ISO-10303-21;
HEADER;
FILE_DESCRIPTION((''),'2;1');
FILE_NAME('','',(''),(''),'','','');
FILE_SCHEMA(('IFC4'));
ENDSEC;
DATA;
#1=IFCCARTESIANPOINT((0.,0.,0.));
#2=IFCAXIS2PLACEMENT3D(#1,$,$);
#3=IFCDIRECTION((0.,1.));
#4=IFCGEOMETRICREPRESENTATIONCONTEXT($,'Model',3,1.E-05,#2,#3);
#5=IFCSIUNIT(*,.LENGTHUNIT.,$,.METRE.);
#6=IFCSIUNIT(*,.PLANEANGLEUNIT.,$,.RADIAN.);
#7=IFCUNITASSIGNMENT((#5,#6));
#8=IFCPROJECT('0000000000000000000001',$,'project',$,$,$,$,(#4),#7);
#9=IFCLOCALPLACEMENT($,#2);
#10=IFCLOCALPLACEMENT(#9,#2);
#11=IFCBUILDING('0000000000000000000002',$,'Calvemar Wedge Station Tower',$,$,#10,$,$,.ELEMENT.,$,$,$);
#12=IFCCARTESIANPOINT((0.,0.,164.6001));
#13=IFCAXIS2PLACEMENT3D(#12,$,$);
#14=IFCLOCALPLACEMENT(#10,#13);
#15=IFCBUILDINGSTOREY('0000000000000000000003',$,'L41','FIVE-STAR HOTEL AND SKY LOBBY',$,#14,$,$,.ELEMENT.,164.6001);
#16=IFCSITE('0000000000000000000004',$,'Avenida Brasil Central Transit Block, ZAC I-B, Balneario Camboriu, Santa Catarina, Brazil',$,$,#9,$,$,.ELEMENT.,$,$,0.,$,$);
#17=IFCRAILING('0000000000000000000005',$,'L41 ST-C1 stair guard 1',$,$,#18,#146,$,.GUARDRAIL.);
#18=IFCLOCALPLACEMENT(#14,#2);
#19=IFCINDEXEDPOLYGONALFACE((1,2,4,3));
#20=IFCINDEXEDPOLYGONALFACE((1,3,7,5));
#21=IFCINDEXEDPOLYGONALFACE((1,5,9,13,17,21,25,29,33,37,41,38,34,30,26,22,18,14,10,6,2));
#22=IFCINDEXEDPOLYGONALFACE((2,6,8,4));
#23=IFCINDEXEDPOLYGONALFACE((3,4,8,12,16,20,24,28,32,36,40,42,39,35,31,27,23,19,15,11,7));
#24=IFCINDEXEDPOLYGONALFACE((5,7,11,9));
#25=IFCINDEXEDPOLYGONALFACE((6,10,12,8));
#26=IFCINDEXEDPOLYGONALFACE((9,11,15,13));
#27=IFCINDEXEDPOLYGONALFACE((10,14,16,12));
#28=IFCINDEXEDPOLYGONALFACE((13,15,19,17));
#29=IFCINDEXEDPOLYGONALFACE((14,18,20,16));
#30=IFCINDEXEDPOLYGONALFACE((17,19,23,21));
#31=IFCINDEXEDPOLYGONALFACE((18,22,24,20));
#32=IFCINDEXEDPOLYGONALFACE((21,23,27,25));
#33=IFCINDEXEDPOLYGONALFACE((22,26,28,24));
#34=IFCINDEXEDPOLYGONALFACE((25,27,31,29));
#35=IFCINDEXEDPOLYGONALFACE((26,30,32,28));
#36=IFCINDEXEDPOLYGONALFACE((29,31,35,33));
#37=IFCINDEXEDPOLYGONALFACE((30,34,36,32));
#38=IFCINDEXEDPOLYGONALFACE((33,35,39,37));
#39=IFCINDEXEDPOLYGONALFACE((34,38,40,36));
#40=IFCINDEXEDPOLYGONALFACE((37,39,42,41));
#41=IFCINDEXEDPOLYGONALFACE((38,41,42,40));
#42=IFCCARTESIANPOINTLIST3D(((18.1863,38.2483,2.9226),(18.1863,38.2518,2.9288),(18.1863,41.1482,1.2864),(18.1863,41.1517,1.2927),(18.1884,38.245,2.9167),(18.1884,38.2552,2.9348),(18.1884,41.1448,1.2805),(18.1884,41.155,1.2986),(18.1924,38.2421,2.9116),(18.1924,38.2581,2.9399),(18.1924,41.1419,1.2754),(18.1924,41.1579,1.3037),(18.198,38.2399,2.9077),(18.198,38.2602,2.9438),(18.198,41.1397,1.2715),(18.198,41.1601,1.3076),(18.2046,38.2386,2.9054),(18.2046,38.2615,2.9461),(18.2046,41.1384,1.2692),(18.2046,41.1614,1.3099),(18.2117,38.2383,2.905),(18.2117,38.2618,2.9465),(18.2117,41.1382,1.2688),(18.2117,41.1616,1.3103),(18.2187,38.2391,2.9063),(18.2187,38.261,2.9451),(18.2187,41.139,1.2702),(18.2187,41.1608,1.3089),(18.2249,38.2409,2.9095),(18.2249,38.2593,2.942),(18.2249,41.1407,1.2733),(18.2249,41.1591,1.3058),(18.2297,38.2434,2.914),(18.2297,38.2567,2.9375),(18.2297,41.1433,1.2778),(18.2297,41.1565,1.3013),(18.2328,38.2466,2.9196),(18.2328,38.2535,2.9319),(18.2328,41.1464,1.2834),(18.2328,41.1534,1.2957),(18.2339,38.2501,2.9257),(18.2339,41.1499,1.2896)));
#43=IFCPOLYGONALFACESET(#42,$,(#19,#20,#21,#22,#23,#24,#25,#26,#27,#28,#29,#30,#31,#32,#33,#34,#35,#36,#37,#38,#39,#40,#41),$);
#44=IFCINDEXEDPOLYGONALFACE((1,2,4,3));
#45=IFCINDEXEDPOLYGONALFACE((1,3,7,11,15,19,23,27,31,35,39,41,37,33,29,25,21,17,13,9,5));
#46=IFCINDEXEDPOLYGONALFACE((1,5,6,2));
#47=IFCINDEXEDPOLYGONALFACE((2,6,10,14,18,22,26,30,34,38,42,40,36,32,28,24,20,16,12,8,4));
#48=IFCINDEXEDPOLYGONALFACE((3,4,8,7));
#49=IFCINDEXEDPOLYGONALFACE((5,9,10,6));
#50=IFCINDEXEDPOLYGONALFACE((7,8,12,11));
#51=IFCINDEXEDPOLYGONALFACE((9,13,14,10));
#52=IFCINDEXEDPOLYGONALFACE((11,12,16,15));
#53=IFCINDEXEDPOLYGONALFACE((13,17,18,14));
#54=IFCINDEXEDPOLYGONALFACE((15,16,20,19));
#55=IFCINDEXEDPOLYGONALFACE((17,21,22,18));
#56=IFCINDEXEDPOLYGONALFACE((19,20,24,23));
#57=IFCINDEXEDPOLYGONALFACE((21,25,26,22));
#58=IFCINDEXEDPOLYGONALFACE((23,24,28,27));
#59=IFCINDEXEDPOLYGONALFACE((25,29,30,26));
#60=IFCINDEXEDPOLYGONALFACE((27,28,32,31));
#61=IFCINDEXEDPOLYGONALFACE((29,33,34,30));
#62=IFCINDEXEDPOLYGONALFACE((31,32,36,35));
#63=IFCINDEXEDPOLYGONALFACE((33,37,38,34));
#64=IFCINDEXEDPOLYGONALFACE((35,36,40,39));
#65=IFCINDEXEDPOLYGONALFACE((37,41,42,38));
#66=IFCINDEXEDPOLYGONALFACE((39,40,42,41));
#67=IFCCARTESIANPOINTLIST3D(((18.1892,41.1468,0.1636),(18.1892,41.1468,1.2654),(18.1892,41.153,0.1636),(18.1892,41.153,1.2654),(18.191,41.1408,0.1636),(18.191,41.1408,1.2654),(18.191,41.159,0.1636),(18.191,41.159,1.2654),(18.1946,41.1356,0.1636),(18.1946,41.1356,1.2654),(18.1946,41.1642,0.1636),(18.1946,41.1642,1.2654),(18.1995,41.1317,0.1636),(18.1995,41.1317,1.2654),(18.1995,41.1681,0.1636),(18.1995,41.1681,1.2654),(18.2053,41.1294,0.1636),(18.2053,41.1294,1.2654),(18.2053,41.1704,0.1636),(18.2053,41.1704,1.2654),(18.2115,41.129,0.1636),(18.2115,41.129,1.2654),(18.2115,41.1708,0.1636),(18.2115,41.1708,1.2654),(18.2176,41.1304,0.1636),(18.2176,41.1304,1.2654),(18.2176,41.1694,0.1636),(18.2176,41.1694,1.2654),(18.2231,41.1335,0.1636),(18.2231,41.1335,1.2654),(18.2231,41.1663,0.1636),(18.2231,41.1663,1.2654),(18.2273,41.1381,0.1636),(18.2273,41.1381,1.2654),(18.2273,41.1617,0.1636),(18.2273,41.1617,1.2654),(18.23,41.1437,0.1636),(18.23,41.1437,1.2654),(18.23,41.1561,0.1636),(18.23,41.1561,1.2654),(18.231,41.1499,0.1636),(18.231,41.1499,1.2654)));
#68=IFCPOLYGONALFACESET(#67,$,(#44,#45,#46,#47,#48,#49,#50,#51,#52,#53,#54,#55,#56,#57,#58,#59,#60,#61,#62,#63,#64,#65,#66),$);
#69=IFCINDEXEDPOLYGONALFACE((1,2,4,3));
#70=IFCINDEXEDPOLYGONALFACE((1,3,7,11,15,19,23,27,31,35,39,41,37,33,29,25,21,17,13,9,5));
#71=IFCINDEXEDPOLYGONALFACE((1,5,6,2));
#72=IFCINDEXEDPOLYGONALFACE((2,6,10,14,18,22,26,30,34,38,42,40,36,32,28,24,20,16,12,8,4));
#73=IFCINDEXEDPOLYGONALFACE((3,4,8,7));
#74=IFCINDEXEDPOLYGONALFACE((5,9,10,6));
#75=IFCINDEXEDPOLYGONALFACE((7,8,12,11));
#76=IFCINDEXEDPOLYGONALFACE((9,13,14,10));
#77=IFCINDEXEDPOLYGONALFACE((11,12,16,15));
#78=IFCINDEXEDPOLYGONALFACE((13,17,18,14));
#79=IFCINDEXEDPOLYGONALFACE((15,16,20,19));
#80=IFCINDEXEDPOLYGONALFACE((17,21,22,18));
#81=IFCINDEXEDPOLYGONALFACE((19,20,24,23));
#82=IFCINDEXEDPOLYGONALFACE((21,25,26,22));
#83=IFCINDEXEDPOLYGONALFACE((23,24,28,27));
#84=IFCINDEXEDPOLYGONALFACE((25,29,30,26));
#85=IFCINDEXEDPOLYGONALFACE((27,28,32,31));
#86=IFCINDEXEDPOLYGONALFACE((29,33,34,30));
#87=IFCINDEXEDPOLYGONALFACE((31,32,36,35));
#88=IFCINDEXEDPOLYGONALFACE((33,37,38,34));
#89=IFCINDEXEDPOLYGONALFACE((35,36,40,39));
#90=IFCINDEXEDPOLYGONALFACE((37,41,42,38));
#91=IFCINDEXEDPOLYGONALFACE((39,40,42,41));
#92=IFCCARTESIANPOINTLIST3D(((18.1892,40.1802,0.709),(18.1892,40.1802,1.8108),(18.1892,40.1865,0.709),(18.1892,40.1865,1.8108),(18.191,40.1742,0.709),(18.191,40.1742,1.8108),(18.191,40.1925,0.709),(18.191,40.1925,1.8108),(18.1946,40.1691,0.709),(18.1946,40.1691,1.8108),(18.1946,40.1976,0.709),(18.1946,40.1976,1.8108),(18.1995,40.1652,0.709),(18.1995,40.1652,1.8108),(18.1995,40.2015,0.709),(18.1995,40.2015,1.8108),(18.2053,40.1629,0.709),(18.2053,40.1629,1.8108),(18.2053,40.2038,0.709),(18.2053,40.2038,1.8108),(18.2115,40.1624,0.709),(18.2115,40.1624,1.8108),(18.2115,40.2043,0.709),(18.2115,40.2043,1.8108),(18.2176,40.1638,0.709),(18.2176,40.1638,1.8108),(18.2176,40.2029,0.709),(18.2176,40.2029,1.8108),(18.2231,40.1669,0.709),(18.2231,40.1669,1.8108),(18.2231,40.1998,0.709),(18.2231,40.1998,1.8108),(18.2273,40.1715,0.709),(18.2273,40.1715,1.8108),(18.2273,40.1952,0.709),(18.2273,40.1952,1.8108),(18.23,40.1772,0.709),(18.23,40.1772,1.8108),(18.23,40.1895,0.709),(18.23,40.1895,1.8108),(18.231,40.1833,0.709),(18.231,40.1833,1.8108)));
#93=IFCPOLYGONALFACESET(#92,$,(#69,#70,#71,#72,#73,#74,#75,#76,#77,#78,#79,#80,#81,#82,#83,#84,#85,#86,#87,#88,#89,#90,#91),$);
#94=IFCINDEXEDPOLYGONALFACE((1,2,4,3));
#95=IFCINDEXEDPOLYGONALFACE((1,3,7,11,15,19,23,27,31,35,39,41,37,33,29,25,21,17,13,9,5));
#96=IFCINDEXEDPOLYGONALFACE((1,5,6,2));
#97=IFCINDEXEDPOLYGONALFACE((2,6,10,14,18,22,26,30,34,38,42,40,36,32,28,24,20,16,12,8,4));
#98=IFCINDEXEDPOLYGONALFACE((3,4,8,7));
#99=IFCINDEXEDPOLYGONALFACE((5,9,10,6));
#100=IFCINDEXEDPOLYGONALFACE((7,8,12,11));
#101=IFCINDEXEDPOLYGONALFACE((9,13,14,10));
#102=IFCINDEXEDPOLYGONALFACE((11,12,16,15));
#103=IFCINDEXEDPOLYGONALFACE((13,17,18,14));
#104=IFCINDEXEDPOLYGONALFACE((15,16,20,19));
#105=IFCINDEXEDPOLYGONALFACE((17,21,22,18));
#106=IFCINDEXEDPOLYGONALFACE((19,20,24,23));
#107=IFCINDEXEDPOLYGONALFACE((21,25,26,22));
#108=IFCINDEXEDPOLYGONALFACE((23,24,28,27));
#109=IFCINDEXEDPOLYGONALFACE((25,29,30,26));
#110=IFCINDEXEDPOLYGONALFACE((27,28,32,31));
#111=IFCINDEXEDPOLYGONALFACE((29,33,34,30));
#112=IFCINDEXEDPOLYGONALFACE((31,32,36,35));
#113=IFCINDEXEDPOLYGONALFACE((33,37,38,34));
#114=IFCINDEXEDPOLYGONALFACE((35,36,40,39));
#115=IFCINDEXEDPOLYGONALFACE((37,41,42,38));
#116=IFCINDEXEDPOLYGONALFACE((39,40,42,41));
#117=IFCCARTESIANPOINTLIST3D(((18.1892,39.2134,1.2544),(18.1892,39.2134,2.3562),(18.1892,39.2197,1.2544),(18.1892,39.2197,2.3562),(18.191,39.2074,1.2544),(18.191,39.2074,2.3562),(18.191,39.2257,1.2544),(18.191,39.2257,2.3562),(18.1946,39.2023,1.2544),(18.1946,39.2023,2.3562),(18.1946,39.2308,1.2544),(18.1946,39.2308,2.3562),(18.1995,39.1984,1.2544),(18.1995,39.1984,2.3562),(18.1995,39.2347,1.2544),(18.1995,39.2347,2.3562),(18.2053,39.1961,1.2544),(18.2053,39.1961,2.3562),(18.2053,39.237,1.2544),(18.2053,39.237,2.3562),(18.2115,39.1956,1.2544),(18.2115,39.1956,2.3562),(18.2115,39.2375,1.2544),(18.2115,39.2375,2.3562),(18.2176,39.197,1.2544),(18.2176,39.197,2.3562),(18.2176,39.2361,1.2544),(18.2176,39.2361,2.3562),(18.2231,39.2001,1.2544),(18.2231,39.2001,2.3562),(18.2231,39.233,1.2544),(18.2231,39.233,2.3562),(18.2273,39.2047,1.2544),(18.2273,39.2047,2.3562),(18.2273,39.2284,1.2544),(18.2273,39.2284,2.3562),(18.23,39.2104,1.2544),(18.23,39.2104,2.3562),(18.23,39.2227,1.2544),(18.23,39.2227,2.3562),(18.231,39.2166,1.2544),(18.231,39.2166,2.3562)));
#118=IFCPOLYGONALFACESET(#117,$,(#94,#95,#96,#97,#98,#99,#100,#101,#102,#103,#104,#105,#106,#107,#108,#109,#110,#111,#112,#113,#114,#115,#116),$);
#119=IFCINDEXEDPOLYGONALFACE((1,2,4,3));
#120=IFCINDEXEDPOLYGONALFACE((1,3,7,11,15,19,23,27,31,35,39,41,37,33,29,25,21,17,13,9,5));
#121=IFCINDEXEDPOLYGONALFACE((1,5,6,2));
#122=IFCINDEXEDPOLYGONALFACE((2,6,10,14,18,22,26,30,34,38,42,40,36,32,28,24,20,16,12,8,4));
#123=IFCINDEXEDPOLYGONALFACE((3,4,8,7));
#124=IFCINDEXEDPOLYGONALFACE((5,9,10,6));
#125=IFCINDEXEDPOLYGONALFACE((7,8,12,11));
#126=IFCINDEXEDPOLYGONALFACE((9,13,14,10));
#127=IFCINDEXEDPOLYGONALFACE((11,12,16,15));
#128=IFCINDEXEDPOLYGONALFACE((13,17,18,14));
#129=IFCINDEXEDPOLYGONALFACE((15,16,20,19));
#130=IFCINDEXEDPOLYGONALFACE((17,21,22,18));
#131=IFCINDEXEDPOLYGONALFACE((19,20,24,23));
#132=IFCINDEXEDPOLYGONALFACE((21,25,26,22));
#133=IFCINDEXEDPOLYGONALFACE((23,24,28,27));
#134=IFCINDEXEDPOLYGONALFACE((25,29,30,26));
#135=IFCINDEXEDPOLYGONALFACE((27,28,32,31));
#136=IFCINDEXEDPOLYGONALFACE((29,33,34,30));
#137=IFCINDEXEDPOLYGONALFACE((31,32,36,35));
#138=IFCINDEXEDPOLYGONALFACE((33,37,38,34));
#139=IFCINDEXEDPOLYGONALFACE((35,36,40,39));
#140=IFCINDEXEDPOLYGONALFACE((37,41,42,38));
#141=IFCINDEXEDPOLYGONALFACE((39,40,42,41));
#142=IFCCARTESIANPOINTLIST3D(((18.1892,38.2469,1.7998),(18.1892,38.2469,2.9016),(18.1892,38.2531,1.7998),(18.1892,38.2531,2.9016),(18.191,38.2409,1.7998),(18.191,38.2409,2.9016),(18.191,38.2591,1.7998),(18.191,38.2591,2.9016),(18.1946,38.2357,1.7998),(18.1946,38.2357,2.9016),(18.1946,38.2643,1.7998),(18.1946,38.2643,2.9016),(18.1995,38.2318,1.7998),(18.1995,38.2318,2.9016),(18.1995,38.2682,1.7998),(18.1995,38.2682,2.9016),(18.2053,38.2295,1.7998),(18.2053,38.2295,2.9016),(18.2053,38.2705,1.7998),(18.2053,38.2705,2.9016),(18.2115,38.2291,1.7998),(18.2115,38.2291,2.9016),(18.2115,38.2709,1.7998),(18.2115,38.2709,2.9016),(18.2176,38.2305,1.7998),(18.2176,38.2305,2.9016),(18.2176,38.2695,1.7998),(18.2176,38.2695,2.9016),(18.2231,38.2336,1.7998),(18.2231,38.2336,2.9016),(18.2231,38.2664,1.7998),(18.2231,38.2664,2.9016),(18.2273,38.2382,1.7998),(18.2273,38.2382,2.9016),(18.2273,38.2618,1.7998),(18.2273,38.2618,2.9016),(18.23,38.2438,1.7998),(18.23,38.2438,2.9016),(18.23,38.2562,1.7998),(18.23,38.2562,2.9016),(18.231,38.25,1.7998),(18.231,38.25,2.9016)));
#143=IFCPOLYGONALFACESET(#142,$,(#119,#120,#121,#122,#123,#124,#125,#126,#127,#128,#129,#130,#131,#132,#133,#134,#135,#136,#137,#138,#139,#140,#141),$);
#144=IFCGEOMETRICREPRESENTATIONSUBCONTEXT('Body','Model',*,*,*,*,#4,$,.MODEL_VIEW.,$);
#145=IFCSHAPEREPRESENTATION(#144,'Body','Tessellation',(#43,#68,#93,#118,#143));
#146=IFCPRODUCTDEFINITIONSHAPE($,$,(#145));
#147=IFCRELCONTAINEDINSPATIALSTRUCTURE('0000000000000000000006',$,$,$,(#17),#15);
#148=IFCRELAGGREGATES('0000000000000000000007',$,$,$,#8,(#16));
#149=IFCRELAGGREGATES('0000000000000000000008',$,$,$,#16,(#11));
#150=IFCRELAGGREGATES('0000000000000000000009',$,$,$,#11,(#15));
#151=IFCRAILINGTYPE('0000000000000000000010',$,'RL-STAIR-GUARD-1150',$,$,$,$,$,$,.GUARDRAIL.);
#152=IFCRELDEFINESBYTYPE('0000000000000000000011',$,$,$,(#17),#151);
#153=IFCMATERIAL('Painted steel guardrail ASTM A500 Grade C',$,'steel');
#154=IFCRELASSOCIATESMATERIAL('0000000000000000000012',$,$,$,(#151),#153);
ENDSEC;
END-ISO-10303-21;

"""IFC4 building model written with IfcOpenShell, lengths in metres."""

from ifc_helpers import new_model, si_unit, direction, frame, origin, origin_2d, place, context, subcontext, project, spatial, circle, extrude, material, type_object, element, save


model = new_model("IFC4")

# Units and contexts
model_context = context("Model", 3, precision=1e-05, world=origin(), true_north=direction((0.0, 1.0)))
body_context = subcontext(model_context, "Body", "Model", "MODEL_VIEW")
ifc_project = project(units=[si_unit("LENGTHUNIT", "METRE"), si_unit("PLANEANGLEUNIT", "RADIAN")], contexts=[model_context])

# Site, building, storey
site_placement = place(None, origin())
site = spatial("IfcSite", under=ifc_project, at=site_placement, Name="Avenida Brasil Central Transit Block, ZAC I-B, Balneario Camboriu, Santa Catarina, Brazil", CompositionType="ELEMENT", RefElevation=0.0)
building_placement = place(site_placement, origin())
building = spatial("IfcBuilding", under=site, at=building_placement, Name="Calvemar Wedge Station Tower", CompositionType="ELEMENT")
storey_placement = place(building_placement, frame((0.0, 0.0, 164.6001)))
storey = spatial("IfcBuildingStorey", under=building, at=storey_placement, Name="L41", Description="FIVE-STAR HOTEL AND SKY LOBBY", CompositionType="ELEMENT", Elevation=164.6001)

# Railing
ifc_material_1 = material(Name="Painted steel guardrail ASTM A500 Grade C", Category="steel")
railing_type_1 = type_object("IfcRailingType", Name="RL-STAIR-GUARD-1150", PredefinedType="GUARDRAIL", material=ifc_material_1)
railing_1_placement = place(storey_placement, frame((18.21, 41.1499, 0.1636)))
element("IfcRailing", 1, at=railing_1_placement, inside=storey, type_object=railing_type_1, Name="L41 ST-C1 stair guard 1", PredefinedType="GUARDRAIL", context=body_context, shape_type="SweptSolid", body=[
    extrude(circle(Radius=0.0239, at=origin_2d()), frame((0.0, 0.0, 1.126), z_axis=(0.0, -0.870929, 0.49141), x_axis=(1.0, 0.0, 0.0)), (0.0, 0.0, 1.0), 3.3296),
    extrude(circle(Radius=0.021, at=origin_2d()), origin(), (0.0, 0.0, 1.0), 1.1018),
    extrude(circle(Radius=0.021, at=origin_2d()), frame((0.0, -0.9666, 0.5454)), (0.0, 0.0, 1.0), 1.1018),
    extrude(circle(Radius=0.021, at=origin_2d()), frame((0.0, -1.9333, 1.0908)), (0.0, 0.0, 1.0), 1.1018),
    extrude(circle(Radius=0.021, at=origin_2d()), frame((0.0, -2.8999, 1.6362)), (0.0, 0.0, 1.0), 1.1018),
])

save(model, "model.ifc")
